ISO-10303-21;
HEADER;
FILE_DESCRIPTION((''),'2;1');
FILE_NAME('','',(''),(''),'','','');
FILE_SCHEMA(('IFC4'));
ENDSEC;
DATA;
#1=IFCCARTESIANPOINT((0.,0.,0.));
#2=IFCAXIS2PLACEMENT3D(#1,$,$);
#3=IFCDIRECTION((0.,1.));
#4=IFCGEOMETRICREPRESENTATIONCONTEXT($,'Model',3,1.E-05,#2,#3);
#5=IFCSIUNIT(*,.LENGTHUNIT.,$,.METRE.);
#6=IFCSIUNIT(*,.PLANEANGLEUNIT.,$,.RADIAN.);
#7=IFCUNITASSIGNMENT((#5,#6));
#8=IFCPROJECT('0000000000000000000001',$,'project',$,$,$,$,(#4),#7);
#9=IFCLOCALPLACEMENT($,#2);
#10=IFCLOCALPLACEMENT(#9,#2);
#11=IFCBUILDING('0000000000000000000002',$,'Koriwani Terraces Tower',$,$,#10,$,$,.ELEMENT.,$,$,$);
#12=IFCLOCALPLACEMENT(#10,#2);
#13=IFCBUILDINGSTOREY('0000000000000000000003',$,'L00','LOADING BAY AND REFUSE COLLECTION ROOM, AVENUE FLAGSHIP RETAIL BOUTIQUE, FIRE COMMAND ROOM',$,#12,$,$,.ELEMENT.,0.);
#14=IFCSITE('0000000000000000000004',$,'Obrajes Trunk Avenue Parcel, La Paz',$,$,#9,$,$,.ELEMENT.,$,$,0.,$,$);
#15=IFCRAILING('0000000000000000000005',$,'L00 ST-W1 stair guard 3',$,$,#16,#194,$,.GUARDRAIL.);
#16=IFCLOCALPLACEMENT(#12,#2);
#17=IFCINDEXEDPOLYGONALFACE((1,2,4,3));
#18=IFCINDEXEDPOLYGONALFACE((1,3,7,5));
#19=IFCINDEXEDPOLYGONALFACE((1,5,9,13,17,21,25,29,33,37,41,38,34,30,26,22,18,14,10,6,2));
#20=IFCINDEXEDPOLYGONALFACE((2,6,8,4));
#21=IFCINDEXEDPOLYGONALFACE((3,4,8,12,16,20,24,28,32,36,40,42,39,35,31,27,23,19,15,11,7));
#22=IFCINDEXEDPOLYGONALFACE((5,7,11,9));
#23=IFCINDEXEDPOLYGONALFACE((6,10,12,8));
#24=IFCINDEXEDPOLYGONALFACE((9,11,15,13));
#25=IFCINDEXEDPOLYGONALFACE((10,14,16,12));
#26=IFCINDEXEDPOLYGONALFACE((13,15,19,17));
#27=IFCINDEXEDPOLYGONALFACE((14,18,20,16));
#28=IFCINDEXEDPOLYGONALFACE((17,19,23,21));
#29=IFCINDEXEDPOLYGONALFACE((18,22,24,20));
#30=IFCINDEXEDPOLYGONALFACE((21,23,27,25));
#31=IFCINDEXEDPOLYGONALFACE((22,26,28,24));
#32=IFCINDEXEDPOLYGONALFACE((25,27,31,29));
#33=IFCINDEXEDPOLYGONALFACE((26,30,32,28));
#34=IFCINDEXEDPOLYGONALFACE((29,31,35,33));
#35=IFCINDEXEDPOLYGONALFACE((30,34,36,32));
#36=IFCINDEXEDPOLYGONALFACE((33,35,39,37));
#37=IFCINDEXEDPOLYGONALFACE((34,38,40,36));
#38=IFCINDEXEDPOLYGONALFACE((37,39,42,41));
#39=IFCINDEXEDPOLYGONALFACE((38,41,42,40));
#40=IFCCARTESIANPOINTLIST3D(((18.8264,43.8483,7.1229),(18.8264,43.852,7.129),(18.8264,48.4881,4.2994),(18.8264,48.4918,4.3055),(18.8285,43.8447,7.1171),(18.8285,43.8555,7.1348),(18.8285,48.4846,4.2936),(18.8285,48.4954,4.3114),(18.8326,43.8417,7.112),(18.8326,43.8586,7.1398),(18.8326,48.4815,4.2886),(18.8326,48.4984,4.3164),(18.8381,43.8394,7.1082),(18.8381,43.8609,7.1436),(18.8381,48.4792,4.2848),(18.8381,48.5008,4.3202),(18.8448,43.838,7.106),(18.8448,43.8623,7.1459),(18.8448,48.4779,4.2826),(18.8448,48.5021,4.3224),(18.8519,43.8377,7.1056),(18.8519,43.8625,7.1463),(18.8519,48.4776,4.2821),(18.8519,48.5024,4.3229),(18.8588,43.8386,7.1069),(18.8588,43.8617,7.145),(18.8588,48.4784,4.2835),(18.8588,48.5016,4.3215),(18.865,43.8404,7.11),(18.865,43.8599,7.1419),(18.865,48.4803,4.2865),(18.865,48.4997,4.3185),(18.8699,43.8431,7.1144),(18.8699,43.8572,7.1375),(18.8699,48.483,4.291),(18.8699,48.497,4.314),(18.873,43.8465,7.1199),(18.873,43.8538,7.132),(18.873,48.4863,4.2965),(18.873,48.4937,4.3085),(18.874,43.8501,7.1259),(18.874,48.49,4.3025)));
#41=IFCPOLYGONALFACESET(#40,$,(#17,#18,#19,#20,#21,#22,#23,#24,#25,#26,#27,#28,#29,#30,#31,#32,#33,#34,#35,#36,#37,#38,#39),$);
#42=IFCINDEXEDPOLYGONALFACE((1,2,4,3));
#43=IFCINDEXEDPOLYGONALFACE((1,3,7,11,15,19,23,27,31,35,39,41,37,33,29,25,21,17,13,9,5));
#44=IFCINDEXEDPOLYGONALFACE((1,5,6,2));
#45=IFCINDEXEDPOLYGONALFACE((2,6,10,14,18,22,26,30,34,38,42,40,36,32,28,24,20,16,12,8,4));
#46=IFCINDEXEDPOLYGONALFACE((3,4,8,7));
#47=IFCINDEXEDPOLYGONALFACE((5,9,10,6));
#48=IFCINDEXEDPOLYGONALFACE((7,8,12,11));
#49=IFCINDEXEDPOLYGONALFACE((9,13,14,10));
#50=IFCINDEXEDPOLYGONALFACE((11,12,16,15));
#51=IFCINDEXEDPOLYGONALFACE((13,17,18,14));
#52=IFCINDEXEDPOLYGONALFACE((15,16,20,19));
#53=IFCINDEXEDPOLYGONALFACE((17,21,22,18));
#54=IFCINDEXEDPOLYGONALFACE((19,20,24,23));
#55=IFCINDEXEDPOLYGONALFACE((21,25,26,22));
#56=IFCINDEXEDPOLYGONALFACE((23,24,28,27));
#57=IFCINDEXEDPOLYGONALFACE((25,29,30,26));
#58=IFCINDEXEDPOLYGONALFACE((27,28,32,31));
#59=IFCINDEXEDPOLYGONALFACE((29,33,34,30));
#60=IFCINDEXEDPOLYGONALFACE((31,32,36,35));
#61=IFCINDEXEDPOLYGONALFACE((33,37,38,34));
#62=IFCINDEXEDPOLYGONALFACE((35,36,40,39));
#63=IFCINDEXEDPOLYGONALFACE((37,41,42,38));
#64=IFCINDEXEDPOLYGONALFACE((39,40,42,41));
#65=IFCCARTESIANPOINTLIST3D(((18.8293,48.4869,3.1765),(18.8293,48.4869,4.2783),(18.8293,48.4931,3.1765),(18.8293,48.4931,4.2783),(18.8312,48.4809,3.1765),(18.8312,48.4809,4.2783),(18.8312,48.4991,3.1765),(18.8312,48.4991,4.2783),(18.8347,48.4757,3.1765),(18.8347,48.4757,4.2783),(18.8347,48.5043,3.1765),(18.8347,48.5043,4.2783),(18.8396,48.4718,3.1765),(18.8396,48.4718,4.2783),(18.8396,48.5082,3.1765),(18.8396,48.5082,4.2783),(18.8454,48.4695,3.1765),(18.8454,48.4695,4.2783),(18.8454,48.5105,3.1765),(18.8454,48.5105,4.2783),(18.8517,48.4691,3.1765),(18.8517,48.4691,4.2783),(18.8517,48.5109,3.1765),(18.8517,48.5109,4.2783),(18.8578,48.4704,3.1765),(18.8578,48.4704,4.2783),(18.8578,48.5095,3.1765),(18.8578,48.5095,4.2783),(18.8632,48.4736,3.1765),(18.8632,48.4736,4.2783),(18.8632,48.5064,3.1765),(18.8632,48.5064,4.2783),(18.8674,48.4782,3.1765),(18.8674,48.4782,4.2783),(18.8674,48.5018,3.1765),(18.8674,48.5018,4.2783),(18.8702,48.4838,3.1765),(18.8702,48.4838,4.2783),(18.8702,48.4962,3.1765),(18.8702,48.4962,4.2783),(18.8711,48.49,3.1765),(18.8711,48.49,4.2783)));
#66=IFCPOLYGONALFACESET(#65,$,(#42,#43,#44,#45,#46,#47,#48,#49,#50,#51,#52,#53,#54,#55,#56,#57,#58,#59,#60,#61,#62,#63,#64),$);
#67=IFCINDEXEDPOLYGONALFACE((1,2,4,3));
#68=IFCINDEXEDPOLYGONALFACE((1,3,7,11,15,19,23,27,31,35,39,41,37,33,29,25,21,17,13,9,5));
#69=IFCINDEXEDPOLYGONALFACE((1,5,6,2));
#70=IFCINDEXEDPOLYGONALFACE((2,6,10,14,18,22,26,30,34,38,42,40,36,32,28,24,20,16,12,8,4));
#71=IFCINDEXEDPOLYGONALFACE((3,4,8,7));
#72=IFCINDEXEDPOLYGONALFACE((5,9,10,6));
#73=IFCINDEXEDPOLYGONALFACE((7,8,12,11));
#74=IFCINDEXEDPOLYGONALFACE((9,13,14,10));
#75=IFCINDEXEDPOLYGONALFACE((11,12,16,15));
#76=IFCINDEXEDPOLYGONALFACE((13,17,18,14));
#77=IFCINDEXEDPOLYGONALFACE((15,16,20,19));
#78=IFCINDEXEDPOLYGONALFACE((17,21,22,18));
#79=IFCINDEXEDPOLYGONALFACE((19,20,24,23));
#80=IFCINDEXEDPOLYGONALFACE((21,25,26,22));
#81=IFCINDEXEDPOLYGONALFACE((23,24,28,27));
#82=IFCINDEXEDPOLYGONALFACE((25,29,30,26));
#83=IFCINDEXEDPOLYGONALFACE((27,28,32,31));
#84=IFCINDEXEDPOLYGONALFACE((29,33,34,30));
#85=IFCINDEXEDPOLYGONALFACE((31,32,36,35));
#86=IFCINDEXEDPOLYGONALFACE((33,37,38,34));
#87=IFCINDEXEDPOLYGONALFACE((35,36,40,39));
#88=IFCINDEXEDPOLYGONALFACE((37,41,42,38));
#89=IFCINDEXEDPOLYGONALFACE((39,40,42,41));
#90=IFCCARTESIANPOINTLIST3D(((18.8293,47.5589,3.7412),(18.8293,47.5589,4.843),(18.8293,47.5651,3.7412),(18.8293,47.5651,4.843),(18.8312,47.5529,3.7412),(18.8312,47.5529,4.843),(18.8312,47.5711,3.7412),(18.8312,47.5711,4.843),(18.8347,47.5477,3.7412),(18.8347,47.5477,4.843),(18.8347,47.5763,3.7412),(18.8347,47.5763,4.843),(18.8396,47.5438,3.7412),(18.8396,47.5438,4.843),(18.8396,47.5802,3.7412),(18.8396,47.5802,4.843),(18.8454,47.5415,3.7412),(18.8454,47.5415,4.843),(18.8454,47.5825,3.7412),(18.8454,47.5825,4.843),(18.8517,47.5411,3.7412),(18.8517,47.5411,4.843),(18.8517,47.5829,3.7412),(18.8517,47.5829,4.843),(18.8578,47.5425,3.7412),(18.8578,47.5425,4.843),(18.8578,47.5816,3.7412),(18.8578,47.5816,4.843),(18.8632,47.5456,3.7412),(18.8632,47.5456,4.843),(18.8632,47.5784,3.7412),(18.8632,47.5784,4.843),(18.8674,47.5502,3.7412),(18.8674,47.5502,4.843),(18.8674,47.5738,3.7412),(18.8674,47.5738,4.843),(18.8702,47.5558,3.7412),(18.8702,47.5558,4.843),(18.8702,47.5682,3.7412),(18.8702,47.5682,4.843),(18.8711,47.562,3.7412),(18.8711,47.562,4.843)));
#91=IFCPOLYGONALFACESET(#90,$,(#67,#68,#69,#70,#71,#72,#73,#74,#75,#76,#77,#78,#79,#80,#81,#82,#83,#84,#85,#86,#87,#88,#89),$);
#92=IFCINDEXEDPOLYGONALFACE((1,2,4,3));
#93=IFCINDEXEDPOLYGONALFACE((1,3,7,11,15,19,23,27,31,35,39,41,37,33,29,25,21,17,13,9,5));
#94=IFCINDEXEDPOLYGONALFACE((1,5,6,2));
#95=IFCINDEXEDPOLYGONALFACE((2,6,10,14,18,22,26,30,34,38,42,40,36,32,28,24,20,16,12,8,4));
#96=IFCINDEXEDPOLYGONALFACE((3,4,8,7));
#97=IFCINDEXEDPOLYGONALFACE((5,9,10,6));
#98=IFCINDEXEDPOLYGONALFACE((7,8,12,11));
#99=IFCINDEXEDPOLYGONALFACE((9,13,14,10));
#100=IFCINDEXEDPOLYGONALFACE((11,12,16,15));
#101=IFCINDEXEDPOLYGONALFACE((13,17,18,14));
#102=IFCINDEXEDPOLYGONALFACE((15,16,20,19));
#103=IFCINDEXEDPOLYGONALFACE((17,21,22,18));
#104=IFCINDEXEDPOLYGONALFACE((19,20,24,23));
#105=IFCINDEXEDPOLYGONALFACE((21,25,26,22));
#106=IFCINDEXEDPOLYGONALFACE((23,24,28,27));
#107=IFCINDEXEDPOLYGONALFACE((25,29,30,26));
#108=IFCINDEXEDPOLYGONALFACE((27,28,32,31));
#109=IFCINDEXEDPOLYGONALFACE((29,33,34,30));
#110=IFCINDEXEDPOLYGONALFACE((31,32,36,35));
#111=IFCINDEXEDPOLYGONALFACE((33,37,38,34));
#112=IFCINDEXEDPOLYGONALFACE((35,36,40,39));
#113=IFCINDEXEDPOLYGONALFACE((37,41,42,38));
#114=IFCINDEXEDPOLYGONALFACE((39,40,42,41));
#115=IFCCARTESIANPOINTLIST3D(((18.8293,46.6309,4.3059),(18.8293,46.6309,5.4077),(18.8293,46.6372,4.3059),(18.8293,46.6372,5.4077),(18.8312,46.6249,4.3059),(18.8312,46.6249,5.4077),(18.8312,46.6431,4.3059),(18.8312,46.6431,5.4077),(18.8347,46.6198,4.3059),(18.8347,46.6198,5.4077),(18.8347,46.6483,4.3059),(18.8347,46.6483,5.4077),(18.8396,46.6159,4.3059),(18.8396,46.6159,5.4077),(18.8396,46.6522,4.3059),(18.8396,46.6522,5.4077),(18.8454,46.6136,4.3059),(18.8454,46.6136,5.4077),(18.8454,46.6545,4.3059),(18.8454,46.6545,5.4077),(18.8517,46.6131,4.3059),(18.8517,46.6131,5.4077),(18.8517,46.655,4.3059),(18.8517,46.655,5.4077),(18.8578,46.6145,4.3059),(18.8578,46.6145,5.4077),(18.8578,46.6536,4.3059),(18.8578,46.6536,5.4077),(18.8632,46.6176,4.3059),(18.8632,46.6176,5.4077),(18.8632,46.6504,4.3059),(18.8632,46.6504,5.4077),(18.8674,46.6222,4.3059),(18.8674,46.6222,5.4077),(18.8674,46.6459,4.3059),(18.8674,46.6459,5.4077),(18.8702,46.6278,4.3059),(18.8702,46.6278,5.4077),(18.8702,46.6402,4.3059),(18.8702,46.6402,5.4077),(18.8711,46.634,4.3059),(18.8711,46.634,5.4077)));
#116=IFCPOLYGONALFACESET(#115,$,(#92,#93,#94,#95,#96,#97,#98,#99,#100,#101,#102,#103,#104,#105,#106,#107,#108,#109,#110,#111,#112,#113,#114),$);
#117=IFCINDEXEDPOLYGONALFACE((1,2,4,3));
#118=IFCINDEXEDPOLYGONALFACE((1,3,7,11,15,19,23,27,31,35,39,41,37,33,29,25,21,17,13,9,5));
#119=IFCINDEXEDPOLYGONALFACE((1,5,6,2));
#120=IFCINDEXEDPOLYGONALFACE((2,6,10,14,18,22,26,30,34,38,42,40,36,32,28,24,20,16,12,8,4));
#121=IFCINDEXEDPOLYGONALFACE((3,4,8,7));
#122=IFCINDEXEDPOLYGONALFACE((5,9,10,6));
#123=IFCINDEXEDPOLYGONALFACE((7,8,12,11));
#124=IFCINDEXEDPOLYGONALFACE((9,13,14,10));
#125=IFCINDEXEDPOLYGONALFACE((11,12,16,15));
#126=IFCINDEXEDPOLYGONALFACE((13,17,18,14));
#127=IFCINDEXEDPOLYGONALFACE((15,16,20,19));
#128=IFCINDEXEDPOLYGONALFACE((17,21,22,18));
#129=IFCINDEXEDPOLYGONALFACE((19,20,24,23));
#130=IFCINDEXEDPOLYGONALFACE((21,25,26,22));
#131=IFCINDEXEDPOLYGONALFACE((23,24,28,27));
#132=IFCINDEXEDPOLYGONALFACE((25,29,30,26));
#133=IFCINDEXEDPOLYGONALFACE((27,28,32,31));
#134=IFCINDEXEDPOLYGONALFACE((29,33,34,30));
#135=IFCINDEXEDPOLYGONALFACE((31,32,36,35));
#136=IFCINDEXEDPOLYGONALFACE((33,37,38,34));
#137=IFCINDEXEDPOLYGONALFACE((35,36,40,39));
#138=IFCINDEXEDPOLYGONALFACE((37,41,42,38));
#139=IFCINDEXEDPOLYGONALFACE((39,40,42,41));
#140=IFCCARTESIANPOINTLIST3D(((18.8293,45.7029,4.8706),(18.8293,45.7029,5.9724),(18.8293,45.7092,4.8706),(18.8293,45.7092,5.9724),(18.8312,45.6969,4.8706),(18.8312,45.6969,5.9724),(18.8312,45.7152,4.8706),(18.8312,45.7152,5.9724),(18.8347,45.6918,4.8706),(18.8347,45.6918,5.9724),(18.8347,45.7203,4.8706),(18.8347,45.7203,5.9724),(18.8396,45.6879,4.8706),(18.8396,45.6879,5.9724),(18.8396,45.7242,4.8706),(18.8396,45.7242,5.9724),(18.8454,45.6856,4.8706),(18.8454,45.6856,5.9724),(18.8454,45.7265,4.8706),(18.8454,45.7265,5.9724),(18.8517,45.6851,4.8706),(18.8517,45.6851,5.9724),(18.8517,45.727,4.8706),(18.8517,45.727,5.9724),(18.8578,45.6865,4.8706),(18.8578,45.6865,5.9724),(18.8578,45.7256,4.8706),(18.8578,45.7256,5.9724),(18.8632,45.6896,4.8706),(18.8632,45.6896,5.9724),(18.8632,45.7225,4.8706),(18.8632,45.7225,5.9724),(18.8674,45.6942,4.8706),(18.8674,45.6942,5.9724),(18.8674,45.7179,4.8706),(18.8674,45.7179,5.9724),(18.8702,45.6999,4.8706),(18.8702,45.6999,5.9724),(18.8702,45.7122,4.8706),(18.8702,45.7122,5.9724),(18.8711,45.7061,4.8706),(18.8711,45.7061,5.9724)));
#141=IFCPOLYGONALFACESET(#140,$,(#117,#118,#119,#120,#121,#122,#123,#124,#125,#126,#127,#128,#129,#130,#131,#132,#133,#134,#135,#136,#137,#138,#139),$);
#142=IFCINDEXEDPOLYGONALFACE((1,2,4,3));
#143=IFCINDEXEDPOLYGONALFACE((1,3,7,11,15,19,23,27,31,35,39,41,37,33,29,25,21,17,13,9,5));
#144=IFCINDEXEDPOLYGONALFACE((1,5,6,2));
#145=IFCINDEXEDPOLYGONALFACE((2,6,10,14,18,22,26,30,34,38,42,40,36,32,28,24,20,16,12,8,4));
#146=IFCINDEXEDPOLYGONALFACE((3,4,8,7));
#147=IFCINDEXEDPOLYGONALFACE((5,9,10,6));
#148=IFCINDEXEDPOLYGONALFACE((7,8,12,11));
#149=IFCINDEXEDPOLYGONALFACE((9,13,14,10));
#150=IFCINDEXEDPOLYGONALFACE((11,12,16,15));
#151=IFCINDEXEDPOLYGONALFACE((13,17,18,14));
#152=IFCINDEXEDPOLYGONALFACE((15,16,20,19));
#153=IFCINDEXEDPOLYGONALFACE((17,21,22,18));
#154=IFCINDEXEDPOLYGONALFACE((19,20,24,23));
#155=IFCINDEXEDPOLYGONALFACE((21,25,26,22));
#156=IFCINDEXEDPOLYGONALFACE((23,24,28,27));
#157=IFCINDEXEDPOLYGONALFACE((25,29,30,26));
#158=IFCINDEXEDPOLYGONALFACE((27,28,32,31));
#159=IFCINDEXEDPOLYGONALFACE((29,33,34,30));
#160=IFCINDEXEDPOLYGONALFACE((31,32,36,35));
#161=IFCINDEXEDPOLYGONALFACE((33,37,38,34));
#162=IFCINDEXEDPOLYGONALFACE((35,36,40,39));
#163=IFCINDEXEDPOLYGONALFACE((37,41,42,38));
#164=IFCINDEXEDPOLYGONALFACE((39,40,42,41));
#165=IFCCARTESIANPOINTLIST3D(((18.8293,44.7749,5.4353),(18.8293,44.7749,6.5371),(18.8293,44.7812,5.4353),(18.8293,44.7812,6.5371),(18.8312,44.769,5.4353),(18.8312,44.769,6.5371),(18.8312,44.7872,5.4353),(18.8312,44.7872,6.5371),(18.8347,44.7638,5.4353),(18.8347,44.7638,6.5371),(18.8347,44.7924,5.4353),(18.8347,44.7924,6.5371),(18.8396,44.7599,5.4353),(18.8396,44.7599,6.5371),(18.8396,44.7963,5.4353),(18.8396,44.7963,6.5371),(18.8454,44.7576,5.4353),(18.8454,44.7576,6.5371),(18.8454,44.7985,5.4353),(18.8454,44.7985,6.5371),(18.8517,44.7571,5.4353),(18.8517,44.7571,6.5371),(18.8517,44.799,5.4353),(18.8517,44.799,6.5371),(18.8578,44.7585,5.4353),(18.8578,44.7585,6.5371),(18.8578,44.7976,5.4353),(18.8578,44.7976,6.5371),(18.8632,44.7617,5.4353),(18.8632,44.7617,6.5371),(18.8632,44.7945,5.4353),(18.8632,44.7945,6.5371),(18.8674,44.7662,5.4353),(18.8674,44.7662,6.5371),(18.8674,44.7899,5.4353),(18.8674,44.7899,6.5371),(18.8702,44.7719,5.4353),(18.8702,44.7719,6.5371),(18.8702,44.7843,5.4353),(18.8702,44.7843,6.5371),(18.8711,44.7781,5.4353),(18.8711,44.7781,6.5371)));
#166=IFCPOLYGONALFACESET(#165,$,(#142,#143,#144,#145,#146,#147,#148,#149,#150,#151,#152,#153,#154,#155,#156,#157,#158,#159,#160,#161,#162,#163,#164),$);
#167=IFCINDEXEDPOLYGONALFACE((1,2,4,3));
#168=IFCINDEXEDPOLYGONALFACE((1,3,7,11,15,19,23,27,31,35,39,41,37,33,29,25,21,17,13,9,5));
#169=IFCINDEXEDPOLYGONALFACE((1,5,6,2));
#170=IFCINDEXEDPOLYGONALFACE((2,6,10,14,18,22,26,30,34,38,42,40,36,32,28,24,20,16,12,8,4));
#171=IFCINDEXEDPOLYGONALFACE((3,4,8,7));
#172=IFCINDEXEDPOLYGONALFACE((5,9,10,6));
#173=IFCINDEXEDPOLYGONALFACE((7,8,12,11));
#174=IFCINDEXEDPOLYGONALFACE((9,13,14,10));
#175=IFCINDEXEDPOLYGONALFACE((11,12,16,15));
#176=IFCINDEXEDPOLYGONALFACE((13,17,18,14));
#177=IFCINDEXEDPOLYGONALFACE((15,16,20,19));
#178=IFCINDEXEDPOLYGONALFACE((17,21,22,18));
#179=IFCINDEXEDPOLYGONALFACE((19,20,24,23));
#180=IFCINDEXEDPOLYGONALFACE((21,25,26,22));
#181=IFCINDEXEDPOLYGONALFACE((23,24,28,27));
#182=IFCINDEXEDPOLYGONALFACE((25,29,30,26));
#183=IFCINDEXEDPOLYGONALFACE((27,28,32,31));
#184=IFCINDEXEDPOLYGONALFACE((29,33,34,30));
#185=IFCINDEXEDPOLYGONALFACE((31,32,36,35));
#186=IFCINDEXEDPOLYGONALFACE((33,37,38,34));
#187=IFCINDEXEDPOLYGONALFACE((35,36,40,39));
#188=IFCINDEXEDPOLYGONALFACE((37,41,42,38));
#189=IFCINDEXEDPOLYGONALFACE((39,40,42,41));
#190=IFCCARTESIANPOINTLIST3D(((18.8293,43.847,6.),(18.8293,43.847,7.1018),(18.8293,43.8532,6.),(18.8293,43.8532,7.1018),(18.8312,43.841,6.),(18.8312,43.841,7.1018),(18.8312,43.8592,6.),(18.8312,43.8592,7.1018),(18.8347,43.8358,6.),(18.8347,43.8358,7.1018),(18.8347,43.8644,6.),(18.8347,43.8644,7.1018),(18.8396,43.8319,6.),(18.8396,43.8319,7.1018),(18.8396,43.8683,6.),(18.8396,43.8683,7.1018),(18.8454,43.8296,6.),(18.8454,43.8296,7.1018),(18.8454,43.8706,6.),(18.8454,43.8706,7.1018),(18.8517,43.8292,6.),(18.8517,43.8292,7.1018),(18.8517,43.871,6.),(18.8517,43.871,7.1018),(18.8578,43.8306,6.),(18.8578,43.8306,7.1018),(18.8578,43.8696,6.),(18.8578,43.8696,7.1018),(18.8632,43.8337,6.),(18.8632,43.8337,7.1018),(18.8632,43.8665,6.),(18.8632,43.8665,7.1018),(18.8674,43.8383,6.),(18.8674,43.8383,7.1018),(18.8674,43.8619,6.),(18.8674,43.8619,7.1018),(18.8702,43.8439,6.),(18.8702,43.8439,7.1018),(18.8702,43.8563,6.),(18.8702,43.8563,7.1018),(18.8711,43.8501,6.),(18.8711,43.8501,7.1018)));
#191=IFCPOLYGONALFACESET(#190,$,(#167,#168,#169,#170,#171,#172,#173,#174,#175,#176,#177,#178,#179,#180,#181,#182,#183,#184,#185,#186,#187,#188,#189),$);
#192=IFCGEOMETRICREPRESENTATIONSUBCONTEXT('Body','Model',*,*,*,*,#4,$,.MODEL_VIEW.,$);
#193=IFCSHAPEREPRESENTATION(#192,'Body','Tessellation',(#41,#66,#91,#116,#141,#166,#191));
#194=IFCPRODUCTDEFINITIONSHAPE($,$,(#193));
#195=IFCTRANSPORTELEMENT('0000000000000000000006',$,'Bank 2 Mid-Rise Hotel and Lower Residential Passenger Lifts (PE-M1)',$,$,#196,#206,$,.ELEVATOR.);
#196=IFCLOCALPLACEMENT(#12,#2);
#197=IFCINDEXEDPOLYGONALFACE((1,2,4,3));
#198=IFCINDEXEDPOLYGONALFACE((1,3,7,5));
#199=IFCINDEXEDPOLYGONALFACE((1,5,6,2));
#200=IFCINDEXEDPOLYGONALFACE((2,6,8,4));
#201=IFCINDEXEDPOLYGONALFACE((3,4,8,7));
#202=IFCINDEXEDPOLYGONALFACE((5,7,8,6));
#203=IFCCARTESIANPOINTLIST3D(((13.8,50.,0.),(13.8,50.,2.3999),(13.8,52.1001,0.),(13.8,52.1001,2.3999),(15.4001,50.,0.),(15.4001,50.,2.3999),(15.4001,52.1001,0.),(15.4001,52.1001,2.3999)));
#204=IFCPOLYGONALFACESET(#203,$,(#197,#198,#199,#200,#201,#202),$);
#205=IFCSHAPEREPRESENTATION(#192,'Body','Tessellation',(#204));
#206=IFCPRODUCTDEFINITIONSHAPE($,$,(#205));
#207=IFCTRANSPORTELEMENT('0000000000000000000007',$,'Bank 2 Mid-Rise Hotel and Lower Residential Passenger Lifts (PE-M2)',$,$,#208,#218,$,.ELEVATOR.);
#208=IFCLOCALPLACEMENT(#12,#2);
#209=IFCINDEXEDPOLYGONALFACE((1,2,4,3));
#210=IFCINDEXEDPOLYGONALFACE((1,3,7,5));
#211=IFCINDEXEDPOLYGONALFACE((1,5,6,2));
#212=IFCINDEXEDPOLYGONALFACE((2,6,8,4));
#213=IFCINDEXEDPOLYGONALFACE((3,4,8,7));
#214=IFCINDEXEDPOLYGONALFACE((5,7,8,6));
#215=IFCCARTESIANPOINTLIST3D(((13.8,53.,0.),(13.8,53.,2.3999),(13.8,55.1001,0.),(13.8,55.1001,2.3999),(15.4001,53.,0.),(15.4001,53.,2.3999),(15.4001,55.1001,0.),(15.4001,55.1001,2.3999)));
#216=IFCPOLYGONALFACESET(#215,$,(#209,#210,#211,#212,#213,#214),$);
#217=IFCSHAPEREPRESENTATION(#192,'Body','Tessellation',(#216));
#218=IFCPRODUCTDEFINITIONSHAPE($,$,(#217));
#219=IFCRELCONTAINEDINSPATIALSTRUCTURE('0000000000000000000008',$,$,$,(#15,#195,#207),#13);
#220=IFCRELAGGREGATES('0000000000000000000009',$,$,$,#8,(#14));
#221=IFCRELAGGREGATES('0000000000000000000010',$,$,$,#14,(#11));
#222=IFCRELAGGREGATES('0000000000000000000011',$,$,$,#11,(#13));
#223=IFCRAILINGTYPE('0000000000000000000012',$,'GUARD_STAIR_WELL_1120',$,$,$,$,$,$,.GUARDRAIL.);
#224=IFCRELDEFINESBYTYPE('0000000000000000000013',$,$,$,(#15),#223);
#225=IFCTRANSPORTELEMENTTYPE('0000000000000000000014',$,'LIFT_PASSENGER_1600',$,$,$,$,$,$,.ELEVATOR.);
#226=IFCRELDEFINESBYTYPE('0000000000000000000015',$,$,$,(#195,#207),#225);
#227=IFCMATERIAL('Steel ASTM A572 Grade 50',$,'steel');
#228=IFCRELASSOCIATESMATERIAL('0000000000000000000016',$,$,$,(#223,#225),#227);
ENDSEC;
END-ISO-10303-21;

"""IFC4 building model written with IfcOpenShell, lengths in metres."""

from ifc_helpers import new_model, si_unit, direction, frame, origin, origin_2d, place, context, subcontext, project, spatial, rectangle, circle, extrude, material, type_object, element, save


model = new_model("IFC4")

# Units and contexts
model_context = context("Model", 3, precision=1e-05, world=origin(), true_north=direction((0.0, 1.0)))
body_context = subcontext(model_context, "Body", "Model", "MODEL_VIEW")
ifc_project = project(units=[si_unit("LENGTHUNIT", "METRE"), si_unit("PLANEANGLEUNIT", "RADIAN")], contexts=[model_context])

# Site, building, storey
site_placement = place(None, origin())
site = spatial("IfcSite", under=ifc_project, at=site_placement, Name="Obrajes Trunk Avenue Parcel, La Paz", CompositionType="ELEMENT", RefElevation=0.0)
building_placement = place(site_placement, origin())
building = spatial("IfcBuilding", under=site, at=building_placement, Name="Koriwani Terraces Tower", CompositionType="ELEMENT")
storey_placement = place(building_placement, origin())
storey = spatial("IfcBuildingStorey", under=building, at=storey_placement, Name="L00", Description="LOADING BAY AND REFUSE COLLECTION ROOM, AVENUE FLAGSHIP RETAIL BOUTIQUE, FIRE COMMAND ROOM", CompositionType="ELEMENT", Elevation=0.0)

# Railing
ifc_material_1 = material(Name="Steel ASTM A572 Grade 50", Category="steel")
railing_type_1 = type_object("IfcRailingType", Name="GUARD_STAIR_WELL_1120", PredefinedType="GUARDRAIL", material=ifc_material_1)
railing_placement = place(storey_placement, frame((18.8501, 48.49, 3.1765)))
element("IfcRailing", 1, at=railing_placement, inside=storey, type_object=railing_type_1, Name="L00 ST-W1 stair guard 3", PredefinedType="GUARDRAIL", context=body_context, shape_type="SweptSolid", body=[
    extrude(circle(Radius=0.0239, at=origin_2d()), frame((0.0, 0.0, 1.126), z_axis=(0.0, -0.854264, 0.51984), x_axis=(1.0, 0.0, 0.0)), (0.0, 0.0, 1.0), 5.4314),
    extrude(circle(Radius=0.021, at=origin_2d()), origin(), (0.0, 0.0, 1.0), 1.1018),
    extrude(circle(Radius=0.021, at=origin_2d()), frame((0.0, -0.928, 0.5647)), (0.0, 0.0, 1.0), 1.1018),
    extrude(circle(Radius=0.021, at=origin_2d()), frame((0.0, -1.856, 1.1294)), (0.0, 0.0, 1.0), 1.1018),
    extrude(circle(Radius=0.021, at=origin_2d()), frame((0.0, -2.7839, 1.6941)), (0.0, 0.0, 1.0), 1.1018),
    extrude(circle(Radius=0.021, at=origin_2d()), frame((0.0, -3.7119, 2.2588)), (0.0, 0.0, 1.0), 1.1018),
    extrude(circle(Radius=0.021, at=origin_2d()), frame((0.0, -4.6399, 2.8235)), (0.0, 0.0, 1.0), 1.1018),
])

# Transport elements
transport_element_type = type_object("IfcTransportElementType", Name="LIFT_PASSENGER_1600", PredefinedType="ELEVATOR", material=ifc_material_1)
for number, where, z_axis, x_axis, name in (
    (2, (14.6001, 51.05, 0.0), (0.0, 0.0, 1.0), (1.0, 0.0, 0.0), "Bank 2 Mid-Rise Hotel and Lower Residential Passenger Lifts (PE-M1)"),
    (3, (14.6001, 54.05, 0.0), (0.0, 0.0, 1.0), (1.0, 0.0, 0.0), "Bank 2 Mid-Rise Hotel and Lower Residential Passenger Lifts (PE-M2)"),
):
    element("IfcTransportElement", number, at=place(storey_placement, frame(where, z_axis=z_axis, x_axis=x_axis)), inside=storey, type_object=transport_element_type, Name=name, PredefinedType="ELEVATOR", context=body_context, shape_type="SweptSolid", body=[
        extrude(rectangle(XDim=1.6001, YDim=2.1001, at=origin_2d()), origin(), (0.0, 0.0, 1.0), 2.3999),
    ])

save(model, "model.ifc")
